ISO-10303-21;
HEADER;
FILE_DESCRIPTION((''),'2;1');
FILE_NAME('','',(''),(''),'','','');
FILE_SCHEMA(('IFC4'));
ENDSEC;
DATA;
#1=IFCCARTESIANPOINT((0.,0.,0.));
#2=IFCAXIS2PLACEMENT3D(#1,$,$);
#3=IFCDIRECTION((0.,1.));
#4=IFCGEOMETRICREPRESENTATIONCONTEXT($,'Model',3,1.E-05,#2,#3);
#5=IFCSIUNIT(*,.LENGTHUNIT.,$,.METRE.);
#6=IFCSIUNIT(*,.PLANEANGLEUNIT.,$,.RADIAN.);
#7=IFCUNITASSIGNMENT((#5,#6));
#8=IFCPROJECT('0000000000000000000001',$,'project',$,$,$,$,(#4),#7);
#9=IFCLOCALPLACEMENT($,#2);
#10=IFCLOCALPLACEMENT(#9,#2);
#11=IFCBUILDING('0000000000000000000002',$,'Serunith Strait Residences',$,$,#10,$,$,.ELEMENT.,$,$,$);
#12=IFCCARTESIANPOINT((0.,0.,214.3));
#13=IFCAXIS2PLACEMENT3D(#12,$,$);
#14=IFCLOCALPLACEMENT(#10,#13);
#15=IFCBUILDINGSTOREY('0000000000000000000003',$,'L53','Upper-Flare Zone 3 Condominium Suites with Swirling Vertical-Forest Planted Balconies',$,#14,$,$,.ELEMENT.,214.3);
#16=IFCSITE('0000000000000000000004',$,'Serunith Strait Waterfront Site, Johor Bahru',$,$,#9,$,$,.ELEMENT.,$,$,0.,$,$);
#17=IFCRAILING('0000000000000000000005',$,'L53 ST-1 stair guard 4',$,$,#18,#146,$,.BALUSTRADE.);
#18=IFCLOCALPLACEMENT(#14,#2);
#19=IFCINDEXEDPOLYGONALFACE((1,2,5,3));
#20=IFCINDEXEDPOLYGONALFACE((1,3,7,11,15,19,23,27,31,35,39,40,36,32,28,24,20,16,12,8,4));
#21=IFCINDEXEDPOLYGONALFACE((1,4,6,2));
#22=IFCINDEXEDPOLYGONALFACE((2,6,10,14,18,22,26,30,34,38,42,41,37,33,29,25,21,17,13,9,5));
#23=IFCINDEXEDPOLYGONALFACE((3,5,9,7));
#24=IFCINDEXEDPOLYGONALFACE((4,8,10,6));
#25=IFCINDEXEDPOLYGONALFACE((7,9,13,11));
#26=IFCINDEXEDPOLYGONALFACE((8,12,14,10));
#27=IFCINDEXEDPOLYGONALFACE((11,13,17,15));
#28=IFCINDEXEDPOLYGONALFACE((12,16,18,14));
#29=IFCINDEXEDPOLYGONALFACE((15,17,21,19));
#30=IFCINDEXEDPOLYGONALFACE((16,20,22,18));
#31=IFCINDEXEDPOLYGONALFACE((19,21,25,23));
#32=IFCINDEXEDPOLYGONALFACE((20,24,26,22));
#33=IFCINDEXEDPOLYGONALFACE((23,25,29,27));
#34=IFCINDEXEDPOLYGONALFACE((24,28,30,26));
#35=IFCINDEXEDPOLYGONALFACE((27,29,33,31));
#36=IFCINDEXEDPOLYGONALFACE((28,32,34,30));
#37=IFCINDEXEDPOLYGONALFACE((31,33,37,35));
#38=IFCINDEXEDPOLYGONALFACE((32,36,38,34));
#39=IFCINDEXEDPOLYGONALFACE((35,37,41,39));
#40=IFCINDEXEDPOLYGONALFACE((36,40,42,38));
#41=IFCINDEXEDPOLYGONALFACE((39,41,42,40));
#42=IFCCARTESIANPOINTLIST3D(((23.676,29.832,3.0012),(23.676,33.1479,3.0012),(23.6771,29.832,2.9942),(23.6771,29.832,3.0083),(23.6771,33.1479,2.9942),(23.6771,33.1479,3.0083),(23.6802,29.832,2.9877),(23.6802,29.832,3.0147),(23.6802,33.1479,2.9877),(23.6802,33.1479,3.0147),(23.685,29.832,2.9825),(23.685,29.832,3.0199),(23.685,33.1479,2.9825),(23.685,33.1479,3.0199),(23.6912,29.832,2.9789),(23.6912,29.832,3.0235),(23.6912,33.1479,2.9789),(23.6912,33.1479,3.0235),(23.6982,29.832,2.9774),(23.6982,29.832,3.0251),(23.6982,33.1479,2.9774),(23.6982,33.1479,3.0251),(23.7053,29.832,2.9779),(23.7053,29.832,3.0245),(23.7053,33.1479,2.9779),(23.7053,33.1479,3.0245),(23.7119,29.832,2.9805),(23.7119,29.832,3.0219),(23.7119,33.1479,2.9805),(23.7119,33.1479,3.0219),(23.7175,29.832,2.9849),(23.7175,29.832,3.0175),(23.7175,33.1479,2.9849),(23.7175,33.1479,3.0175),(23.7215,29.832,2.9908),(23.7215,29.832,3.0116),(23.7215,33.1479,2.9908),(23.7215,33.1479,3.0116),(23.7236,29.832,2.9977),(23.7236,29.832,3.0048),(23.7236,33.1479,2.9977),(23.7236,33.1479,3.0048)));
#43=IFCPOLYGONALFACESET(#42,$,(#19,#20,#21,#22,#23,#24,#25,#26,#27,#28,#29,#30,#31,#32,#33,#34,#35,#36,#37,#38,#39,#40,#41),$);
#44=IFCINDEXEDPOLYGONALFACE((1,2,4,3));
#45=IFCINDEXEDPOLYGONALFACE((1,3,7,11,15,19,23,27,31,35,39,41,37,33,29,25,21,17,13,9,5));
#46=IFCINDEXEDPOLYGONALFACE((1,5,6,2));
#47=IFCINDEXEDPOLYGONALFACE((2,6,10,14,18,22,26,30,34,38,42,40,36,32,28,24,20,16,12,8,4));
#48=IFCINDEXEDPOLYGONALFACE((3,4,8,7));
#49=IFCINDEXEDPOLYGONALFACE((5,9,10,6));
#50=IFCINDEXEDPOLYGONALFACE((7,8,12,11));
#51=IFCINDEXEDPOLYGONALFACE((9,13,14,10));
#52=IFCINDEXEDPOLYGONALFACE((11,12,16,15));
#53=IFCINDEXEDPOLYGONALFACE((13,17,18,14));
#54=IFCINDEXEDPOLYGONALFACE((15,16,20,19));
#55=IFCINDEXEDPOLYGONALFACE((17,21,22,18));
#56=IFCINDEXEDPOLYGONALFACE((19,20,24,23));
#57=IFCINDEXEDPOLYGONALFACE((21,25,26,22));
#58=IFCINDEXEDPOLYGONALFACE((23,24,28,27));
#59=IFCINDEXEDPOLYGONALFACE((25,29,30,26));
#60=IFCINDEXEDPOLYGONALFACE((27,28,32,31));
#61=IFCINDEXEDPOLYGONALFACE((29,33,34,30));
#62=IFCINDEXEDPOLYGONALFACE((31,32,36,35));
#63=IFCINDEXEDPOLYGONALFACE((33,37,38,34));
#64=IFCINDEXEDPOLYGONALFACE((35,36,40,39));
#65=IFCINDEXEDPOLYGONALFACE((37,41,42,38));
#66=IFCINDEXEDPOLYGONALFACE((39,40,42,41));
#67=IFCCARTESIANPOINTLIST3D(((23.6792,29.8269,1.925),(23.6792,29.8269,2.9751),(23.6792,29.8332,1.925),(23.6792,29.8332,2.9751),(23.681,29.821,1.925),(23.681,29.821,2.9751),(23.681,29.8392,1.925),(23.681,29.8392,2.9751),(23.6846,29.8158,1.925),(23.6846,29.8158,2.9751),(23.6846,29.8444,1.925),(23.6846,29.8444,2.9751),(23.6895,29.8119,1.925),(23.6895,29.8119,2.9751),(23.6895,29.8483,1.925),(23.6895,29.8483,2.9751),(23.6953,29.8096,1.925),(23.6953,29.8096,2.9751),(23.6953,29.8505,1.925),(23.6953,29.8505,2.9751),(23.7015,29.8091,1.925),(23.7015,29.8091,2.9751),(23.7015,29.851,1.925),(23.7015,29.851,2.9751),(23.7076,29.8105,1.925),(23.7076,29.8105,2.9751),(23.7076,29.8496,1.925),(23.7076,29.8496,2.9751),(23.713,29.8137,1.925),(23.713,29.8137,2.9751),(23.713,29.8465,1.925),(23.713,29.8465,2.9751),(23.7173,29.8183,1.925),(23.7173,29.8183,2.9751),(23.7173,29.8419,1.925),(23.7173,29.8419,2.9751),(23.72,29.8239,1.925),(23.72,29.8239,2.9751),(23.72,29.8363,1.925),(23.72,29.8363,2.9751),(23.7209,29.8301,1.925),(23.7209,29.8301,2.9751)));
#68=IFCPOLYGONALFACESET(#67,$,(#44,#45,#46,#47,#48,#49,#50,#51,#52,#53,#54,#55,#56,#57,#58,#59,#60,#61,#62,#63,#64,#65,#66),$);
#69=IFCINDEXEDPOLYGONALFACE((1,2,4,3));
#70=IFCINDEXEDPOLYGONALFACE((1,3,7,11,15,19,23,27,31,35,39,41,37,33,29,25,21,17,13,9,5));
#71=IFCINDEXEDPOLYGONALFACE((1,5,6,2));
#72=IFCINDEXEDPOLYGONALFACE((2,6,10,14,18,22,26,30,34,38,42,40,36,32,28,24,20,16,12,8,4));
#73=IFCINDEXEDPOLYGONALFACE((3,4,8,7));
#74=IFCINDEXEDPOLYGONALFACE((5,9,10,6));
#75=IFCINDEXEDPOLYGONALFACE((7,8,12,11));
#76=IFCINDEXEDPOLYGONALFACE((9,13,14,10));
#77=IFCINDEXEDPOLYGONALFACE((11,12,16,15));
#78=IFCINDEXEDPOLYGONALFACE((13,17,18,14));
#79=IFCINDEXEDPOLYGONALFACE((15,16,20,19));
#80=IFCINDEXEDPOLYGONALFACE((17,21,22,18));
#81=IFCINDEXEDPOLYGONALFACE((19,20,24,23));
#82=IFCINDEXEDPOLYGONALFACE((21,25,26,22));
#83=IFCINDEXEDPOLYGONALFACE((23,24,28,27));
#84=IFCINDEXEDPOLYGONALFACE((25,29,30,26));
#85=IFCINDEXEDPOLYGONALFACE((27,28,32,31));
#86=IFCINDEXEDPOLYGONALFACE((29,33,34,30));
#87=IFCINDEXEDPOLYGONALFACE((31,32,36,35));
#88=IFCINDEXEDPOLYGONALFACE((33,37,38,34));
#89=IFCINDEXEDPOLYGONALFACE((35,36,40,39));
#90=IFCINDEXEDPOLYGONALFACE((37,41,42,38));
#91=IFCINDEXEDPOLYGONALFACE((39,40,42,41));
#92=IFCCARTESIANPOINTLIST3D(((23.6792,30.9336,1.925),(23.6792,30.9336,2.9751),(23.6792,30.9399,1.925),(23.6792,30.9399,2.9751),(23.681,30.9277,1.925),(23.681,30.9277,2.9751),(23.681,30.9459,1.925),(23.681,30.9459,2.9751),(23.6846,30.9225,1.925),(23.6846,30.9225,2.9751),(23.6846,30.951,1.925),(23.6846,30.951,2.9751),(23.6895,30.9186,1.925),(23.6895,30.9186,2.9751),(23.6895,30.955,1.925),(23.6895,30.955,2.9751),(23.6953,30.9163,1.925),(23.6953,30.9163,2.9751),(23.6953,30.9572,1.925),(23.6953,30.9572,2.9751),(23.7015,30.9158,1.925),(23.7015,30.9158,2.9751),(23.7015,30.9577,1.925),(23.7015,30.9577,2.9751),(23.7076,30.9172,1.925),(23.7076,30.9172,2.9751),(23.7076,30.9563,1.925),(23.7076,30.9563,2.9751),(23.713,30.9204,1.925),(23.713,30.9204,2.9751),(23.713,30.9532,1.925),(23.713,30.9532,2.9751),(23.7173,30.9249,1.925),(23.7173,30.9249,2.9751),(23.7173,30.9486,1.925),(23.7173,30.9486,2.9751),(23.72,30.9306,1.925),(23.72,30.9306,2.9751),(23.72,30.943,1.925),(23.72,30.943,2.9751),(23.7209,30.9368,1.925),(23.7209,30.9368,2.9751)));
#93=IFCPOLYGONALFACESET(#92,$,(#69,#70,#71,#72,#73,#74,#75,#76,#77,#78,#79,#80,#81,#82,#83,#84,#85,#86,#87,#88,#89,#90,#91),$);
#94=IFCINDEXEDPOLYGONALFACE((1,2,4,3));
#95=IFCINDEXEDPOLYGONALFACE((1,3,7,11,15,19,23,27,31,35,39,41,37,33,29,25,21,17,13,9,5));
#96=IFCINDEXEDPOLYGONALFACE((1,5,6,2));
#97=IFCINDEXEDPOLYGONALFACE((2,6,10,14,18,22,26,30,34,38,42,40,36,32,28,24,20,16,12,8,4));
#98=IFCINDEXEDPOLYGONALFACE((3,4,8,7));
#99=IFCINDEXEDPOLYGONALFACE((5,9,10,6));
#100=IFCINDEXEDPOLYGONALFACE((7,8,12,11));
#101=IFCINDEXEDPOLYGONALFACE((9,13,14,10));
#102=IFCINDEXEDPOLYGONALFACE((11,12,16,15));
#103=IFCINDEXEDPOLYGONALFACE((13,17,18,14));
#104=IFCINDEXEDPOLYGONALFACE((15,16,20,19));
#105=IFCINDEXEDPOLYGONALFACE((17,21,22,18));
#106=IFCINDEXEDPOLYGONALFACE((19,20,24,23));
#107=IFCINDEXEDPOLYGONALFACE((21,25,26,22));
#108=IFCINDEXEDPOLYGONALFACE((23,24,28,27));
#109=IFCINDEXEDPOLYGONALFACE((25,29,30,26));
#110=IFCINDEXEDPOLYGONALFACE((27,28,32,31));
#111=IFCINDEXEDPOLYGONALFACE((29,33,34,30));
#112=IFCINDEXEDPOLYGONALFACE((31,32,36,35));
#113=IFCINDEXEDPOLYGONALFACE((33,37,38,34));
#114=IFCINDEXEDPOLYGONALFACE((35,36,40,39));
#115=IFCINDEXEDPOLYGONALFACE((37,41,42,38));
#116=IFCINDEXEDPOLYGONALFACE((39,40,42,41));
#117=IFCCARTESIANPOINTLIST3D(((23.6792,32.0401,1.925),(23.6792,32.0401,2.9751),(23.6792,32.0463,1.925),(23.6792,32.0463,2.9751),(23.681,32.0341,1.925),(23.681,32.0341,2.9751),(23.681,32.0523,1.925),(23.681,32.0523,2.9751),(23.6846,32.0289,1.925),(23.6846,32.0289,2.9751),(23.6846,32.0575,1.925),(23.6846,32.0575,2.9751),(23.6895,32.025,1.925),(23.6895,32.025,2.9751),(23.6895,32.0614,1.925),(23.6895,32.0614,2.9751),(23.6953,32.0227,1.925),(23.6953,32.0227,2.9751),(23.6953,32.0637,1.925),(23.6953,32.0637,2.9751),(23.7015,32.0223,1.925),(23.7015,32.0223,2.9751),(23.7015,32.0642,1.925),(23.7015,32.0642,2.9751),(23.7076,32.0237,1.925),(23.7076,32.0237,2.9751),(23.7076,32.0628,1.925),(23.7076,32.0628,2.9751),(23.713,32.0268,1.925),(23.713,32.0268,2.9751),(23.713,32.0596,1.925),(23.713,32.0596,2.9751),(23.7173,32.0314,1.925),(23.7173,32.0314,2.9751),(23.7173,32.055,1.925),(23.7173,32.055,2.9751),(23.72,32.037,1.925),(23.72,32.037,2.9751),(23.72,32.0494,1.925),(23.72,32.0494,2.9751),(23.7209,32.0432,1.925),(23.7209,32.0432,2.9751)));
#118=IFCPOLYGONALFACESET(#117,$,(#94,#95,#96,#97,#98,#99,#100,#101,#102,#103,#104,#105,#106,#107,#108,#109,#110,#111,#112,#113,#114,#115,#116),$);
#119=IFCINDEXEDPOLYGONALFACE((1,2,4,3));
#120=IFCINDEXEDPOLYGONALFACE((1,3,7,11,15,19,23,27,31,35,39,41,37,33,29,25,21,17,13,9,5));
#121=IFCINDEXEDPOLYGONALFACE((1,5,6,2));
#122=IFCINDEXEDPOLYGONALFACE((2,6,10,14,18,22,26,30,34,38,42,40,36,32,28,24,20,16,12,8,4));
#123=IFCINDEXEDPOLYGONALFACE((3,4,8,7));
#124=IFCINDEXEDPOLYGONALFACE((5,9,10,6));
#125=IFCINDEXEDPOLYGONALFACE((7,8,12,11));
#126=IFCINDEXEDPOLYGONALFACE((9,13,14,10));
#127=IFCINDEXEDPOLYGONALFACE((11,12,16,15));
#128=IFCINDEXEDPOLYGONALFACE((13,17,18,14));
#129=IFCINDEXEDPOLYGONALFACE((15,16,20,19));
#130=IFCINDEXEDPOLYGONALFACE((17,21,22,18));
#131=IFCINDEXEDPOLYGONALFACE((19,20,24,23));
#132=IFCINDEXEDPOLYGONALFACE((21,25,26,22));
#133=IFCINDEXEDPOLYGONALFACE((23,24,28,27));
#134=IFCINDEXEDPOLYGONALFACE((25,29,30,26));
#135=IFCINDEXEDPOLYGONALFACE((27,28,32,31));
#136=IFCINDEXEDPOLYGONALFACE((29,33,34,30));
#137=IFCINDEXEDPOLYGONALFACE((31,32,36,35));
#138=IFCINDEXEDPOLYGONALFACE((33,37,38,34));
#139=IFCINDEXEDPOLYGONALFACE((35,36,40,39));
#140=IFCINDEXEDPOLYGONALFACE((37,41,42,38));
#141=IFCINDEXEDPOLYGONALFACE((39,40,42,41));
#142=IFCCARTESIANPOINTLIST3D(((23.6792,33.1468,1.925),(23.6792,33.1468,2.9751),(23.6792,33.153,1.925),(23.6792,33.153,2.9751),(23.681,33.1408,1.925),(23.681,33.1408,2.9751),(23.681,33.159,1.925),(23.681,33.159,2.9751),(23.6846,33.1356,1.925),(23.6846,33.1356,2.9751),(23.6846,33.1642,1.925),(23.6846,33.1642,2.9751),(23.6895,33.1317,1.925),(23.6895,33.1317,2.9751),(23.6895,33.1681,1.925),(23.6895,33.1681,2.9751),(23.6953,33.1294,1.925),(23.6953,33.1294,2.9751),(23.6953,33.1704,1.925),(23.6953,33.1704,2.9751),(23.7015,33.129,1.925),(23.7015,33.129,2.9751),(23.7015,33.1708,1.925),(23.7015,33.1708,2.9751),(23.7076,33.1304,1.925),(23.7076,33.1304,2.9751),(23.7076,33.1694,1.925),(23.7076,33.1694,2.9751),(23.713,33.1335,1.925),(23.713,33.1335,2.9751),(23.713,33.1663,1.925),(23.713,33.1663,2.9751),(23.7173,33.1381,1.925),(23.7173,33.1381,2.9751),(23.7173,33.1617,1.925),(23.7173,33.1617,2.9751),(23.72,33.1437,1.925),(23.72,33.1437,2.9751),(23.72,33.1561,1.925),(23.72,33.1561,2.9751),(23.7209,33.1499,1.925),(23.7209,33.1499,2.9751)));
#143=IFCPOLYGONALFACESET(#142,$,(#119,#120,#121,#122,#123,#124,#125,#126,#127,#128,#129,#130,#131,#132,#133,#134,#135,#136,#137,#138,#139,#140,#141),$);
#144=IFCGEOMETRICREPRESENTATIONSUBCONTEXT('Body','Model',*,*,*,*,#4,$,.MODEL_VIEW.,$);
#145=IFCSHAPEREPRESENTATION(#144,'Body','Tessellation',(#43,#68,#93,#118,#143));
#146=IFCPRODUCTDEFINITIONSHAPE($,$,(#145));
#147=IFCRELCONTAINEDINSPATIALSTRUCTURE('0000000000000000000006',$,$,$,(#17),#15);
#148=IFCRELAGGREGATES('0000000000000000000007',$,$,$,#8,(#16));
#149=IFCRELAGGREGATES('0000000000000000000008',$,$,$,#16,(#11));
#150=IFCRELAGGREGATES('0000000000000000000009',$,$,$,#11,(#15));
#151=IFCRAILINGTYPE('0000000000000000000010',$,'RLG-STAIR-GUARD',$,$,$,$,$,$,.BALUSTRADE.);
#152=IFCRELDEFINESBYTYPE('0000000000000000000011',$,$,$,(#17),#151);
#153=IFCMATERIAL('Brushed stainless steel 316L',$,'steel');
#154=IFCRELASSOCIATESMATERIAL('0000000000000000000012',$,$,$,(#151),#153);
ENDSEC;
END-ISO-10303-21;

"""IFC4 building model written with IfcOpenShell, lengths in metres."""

from ifc_helpers import new_model, si_unit, direction, frame, origin, origin_2d, place, context, subcontext, project, spatial, circle, extrude, material, type_object, element, save


model = new_model("IFC4")

# Units and contexts
model_context = context("Model", 3, precision=1e-05, world=origin(), true_north=direction((0.0, 1.0)))
body_context = subcontext(model_context, "Body", "Model", "MODEL_VIEW")
ifc_project = project(units=[si_unit("LENGTHUNIT", "METRE"), si_unit("PLANEANGLEUNIT", "RADIAN")], contexts=[model_context])

# Site, building, storey
site_placement = place(None, origin())
site = spatial("IfcSite", under=ifc_project, at=site_placement, Name="Serunith Strait Waterfront Site, Johor Bahru", CompositionType="ELEMENT", RefElevation=0.0)
building_placement = place(site_placement, origin())
building = spatial("IfcBuilding", under=site, at=building_placement, Name="Serunith Strait Residences", CompositionType="ELEMENT")
storey_placement = place(building_placement, frame((0.0, 0.0, 214.3)))
storey = spatial("IfcBuildingStorey", under=building, at=storey_placement, Name="L53", Description="Upper-Flare Zone 3 Condominium Suites with Swirling Vertical-Forest Planted Balconies", CompositionType="ELEMENT", Elevation=214.3)

# Railing
ifc_material_1 = material(Name="Brushed stainless steel 316L", Category="steel")
railing_type_1 = type_object("IfcRailingType", Name="RLG-STAIR-GUARD", PredefinedType="BALUSTRADE", material=ifc_material_1)
for number, where, name in (
    (1, (23.7, 29.8301, 1.925), "L53 ST-1 stair guard 4"),
):
    element("IfcRailing", number, at=place(storey_placement, frame(where)), inside=storey, type_object=railing_type_1, Name=name, PredefinedType="BALUSTRADE", context=body_context, shape_type="SweptSolid", body=[
        extrude(circle(Radius=0.0239, at=origin_2d()), frame((0.0, 0.002, 1.0762), z_axis=(0.0, 1.0, 0.0), x_axis=(-1.0, 0.0, 0.0)), (0.0, 0.0, 1.0), 3.3159),
        extrude(circle(Radius=0.021, at=origin_2d()), origin(), (0.0, 0.0, 1.0), 1.05),
        extrude(circle(Radius=0.021, at=origin_2d()), frame((0.0, 1.1067, 0.0)), (0.0, 0.0, 1.0), 1.05),
        extrude(circle(Radius=0.021, at=origin_2d()), frame((0.0, 2.2131, 0.0)), (0.0, 0.0, 1.0), 1.05),
        extrude(circle(Radius=0.021, at=origin_2d()), frame((0.0, 3.3198, 0.0)), (0.0, 0.0, 1.0), 1.05),
    ])

save(model, "model.ifc")
